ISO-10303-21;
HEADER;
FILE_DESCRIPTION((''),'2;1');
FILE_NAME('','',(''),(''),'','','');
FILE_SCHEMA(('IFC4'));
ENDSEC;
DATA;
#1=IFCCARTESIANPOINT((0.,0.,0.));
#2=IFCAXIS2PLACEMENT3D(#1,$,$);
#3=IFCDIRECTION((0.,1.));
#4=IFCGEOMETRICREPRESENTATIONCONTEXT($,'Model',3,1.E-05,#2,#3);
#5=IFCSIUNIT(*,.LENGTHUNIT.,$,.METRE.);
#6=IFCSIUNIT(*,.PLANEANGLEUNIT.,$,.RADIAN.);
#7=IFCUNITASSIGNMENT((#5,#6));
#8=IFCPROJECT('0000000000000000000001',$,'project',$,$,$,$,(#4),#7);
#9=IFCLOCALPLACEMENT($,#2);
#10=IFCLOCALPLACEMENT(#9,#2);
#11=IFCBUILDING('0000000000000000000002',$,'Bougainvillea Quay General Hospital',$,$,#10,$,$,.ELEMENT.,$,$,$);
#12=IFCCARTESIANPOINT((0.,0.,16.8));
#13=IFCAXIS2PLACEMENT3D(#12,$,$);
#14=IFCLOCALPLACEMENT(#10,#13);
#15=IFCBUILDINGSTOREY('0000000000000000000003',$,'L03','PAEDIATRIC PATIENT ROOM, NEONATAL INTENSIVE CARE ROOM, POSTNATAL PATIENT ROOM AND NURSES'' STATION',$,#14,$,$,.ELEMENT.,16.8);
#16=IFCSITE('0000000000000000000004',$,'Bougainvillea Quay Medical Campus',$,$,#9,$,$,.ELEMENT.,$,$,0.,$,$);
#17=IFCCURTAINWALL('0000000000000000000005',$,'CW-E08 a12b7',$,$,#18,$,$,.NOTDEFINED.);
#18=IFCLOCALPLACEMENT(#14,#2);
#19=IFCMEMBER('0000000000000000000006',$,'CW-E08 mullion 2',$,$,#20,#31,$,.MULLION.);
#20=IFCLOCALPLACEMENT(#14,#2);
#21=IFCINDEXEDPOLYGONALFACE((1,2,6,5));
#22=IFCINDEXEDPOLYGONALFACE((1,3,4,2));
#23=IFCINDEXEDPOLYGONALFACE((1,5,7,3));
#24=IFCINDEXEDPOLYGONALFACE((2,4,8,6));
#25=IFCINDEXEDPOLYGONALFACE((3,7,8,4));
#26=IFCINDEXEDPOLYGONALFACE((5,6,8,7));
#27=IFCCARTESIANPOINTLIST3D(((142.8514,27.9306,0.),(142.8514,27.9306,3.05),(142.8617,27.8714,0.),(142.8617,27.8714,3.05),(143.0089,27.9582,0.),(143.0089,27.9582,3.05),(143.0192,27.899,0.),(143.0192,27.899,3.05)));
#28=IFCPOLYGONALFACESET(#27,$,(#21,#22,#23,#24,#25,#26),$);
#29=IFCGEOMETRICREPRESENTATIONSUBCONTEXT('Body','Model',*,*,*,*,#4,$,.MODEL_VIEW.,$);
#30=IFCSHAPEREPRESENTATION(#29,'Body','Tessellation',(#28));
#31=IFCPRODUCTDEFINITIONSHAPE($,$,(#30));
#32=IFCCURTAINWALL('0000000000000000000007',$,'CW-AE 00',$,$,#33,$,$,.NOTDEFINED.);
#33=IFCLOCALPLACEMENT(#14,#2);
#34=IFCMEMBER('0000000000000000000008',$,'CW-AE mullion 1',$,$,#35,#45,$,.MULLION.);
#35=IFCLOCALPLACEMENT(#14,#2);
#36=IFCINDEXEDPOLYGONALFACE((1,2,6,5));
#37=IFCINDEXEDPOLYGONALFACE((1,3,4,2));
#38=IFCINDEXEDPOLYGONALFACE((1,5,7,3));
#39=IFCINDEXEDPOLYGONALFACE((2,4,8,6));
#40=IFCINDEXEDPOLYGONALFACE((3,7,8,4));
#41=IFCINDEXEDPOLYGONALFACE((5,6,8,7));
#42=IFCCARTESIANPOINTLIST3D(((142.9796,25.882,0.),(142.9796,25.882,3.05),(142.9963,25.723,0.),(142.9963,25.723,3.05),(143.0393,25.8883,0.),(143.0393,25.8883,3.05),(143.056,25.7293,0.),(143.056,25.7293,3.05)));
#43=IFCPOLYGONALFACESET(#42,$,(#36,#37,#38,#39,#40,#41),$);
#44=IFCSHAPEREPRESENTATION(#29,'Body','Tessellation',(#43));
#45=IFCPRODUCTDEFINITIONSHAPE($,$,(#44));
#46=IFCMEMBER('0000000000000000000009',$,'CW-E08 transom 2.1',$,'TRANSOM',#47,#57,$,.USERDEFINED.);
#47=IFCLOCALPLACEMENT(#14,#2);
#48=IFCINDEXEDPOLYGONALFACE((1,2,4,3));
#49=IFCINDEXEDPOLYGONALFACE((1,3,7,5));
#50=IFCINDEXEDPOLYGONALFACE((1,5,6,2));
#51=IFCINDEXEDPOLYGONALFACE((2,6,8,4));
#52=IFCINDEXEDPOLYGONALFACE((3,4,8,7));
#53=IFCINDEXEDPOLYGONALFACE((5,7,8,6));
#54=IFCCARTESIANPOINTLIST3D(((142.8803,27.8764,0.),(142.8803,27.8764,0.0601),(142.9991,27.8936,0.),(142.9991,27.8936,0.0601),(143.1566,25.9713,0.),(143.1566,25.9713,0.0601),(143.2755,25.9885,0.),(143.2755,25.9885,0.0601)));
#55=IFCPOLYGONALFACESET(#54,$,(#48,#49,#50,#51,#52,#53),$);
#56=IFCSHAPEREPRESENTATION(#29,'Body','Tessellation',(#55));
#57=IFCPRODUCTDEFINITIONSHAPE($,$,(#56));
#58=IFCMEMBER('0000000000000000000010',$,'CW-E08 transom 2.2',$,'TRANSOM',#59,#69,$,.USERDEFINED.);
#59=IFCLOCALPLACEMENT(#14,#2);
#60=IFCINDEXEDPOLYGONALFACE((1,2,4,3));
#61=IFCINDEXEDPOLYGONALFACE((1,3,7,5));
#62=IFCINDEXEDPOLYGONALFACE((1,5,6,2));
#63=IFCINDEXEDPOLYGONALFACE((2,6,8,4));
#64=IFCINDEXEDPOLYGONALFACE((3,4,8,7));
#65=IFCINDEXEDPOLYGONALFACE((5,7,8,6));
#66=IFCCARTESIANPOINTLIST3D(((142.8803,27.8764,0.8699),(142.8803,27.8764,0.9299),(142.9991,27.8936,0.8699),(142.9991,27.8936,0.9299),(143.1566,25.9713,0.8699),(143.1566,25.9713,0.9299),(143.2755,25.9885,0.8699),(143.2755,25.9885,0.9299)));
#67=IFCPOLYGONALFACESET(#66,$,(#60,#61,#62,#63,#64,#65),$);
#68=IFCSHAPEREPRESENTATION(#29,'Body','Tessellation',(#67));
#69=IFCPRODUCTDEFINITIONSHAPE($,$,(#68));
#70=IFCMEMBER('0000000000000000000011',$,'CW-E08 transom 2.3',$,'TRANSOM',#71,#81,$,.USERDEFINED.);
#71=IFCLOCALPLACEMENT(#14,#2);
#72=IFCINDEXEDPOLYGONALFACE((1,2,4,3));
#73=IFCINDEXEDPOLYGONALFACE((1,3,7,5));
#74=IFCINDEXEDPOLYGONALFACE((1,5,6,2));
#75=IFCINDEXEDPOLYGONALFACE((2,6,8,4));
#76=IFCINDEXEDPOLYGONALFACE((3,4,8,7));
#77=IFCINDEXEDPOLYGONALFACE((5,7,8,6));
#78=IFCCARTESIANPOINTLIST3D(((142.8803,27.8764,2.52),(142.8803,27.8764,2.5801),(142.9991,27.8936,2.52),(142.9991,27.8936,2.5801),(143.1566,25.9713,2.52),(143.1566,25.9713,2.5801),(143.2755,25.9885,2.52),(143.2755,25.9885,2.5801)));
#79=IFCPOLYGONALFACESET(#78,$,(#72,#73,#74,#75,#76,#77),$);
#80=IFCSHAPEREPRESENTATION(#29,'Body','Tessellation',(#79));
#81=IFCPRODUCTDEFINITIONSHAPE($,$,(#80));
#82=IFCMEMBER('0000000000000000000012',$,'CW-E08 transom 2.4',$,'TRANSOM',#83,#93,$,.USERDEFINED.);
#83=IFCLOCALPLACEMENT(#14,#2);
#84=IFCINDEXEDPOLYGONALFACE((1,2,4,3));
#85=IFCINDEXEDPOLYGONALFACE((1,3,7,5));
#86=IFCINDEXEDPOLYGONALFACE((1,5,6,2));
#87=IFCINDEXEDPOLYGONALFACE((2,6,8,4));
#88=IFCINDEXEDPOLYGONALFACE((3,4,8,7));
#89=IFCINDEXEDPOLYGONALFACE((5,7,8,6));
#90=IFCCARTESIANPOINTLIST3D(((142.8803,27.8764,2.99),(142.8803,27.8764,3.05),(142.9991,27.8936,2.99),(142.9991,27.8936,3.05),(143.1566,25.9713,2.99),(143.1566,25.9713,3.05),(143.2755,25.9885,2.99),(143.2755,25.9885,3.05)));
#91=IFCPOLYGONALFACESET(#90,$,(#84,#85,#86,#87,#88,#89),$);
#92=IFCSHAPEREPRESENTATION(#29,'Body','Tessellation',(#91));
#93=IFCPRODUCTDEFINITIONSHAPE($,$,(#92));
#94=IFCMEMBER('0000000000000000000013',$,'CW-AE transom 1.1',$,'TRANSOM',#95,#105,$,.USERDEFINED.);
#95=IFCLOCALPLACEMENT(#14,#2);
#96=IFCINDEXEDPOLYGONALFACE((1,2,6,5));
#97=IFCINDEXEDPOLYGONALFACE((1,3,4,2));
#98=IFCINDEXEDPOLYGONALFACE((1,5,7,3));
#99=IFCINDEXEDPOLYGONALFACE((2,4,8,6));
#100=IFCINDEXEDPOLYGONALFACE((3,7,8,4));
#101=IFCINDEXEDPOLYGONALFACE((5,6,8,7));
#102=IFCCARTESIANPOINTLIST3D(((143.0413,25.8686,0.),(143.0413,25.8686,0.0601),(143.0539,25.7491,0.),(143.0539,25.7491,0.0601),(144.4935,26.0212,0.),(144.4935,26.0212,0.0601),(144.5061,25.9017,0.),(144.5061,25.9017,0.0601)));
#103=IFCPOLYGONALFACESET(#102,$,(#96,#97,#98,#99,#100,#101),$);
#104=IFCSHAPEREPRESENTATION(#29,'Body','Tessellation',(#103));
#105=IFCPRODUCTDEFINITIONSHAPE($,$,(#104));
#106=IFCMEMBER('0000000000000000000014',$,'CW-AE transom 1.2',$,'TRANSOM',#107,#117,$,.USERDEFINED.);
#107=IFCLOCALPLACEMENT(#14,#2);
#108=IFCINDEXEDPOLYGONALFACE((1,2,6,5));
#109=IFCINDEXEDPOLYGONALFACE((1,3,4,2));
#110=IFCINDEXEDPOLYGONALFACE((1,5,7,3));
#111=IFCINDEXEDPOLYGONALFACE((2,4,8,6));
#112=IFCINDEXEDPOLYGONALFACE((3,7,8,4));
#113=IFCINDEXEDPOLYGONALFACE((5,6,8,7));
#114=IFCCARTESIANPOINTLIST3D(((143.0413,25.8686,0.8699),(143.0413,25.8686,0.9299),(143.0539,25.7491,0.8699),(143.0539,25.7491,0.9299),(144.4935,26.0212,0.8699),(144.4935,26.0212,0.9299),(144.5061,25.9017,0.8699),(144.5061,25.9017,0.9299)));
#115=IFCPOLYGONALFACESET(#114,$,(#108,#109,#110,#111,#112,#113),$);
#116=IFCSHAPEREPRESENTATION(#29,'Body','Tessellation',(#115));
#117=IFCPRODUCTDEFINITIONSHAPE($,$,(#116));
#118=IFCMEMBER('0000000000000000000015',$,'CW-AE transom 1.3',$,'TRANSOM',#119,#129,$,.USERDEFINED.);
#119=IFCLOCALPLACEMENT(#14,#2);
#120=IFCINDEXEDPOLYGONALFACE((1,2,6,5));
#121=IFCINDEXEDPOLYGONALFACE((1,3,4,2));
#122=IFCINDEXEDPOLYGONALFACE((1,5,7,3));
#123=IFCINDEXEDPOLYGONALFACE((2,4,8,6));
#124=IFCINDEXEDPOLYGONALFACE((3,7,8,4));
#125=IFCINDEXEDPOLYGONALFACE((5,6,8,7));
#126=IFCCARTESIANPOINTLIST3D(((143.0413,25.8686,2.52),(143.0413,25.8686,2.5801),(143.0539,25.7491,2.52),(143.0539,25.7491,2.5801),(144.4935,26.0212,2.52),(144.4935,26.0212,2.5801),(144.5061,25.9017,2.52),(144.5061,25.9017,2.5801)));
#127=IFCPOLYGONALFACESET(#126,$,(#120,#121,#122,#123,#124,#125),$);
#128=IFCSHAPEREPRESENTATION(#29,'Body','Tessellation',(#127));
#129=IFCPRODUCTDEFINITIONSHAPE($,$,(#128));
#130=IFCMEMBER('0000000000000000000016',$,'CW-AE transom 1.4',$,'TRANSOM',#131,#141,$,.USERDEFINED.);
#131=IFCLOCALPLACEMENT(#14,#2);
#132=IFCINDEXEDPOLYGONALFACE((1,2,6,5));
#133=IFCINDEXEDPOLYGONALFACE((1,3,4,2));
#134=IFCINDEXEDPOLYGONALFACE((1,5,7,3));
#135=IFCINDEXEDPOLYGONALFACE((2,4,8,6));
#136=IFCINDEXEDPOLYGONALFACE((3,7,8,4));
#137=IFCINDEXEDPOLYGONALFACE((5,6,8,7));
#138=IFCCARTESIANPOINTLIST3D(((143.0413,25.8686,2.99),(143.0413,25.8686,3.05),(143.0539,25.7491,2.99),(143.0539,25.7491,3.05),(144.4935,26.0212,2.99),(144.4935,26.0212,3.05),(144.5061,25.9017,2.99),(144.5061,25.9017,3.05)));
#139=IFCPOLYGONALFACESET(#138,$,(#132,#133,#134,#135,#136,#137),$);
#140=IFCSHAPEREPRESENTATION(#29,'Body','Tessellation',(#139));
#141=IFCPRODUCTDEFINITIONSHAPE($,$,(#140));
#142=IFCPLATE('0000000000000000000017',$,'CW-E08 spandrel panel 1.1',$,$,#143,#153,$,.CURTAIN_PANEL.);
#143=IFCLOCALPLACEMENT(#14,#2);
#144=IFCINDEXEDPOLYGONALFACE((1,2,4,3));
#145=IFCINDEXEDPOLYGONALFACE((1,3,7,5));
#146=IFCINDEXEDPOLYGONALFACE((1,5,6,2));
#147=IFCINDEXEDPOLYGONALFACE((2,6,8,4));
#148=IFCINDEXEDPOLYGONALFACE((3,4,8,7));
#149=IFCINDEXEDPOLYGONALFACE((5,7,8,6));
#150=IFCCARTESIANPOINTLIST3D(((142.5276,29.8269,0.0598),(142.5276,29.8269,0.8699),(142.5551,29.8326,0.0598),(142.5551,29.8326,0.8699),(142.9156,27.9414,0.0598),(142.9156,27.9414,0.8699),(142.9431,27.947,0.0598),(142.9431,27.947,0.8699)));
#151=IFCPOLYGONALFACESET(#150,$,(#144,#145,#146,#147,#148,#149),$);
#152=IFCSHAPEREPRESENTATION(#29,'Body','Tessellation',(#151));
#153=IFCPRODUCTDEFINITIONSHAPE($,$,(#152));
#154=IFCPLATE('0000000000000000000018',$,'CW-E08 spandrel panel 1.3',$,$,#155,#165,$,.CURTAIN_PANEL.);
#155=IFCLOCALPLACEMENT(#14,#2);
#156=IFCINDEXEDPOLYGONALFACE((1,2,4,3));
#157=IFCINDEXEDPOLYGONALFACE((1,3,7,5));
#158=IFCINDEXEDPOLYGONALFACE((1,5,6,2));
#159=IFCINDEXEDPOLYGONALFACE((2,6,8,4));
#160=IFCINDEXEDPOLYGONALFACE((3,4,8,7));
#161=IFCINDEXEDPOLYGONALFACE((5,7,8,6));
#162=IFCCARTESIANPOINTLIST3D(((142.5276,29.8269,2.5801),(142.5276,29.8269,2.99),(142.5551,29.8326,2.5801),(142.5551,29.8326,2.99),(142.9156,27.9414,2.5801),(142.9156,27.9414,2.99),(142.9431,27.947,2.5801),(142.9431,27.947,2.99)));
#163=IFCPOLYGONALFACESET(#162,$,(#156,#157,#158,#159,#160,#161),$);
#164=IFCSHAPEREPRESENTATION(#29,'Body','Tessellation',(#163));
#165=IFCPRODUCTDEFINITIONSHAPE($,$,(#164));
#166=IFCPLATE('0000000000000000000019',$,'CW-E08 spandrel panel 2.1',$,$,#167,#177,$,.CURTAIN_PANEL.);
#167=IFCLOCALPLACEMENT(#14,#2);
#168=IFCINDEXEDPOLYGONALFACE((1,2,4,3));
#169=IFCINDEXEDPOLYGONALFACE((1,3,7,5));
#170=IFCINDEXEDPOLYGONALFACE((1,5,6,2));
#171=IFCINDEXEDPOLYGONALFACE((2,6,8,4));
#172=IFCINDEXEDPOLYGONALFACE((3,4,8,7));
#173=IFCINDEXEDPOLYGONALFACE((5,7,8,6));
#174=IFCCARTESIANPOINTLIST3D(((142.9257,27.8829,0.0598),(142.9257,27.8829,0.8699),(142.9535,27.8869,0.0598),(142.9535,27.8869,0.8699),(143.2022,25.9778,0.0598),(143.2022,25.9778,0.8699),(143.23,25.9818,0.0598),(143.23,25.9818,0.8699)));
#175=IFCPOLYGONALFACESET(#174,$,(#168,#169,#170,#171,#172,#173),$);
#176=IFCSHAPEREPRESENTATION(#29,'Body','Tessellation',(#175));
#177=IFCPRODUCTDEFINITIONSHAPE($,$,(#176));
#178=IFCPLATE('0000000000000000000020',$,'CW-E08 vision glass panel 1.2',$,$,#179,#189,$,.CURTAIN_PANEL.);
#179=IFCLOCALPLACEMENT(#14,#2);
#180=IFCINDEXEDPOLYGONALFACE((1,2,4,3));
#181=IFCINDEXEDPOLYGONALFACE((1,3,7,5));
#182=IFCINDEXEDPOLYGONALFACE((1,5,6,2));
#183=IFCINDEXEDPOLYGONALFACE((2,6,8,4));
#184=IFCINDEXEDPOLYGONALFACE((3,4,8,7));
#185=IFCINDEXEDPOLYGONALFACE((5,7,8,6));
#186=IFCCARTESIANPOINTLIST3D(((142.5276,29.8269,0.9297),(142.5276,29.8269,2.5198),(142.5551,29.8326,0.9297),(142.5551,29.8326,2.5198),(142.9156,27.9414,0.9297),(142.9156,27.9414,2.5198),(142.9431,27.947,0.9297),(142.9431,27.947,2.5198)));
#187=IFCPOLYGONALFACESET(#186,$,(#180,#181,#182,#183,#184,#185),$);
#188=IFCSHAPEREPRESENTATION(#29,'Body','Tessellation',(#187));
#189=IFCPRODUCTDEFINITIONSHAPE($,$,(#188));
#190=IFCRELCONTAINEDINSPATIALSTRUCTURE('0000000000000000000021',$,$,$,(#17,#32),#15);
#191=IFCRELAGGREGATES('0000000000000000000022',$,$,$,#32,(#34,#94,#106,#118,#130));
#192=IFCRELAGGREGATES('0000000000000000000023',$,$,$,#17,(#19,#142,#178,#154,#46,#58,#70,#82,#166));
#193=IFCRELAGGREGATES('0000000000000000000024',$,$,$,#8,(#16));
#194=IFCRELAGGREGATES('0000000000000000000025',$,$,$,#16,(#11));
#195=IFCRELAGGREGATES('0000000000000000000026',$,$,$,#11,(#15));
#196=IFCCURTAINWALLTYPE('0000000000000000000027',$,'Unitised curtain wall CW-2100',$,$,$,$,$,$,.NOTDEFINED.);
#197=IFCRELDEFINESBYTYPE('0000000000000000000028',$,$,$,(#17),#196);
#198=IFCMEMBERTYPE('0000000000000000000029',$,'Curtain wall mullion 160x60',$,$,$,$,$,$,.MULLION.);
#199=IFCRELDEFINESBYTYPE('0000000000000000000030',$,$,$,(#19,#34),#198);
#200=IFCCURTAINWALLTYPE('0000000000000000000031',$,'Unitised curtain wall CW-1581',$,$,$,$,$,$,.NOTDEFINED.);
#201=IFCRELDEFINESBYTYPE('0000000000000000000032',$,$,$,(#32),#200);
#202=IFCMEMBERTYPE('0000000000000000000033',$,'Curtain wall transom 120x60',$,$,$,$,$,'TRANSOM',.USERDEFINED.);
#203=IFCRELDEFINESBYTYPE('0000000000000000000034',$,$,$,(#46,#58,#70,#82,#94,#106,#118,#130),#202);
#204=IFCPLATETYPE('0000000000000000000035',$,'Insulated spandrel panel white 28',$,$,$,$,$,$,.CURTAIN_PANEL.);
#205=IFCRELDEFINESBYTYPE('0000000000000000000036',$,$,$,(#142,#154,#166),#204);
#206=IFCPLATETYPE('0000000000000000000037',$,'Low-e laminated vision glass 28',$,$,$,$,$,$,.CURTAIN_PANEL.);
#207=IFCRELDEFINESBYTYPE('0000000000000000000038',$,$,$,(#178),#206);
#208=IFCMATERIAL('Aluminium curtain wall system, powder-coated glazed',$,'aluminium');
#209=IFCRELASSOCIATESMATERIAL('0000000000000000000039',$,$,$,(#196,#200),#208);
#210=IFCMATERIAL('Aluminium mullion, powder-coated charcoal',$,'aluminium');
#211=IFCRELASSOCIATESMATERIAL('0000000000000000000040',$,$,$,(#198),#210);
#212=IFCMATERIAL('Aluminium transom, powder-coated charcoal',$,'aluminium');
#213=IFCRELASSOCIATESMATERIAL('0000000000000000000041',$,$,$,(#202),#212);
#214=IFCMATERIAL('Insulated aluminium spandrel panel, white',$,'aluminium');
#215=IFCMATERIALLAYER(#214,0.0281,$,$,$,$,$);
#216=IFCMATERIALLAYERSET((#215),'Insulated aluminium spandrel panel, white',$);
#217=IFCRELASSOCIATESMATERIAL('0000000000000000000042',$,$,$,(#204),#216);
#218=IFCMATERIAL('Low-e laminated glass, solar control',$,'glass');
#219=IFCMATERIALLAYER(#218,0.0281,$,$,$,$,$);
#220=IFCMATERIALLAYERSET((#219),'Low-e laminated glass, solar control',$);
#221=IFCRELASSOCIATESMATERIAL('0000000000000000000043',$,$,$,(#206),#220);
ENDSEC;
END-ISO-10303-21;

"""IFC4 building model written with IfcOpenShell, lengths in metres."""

from ifc_helpers import new_model, si_unit, direction, frame, origin, origin_2d, place, context, subcontext, project, spatial, rectangle, extrude, material, layer, layer_set, material_profile, profile_set, type_object, element, aggregate, save


model = new_model("IFC4")

# Units and contexts
model_context = context("Model", 3, precision=1e-05, world=origin(), true_north=direction((0.0, 1.0)))
body_context = subcontext(model_context, "Body", "Model", "MODEL_VIEW")
ifc_project = project(units=[si_unit("LENGTHUNIT", "METRE"), si_unit("PLANEANGLEUNIT", "RADIAN")], contexts=[model_context])

# Site, building, storey
site_placement = place(None, origin())
site = spatial("IfcSite", under=ifc_project, at=site_placement, Name="Bougainvillea Quay Medical Campus", CompositionType="ELEMENT", RefElevation=0.0)
building_placement = place(site_placement, origin())
building = spatial("IfcBuilding", under=site, at=building_placement, Name="Bougainvillea Quay General Hospital", CompositionType="ELEMENT")
storey_placement = place(building_placement, frame((0.0, 0.0, 16.8)))
storey = spatial("IfcBuildingStorey", under=building, at=storey_placement, Name="L03", Description="PAEDIATRIC PATIENT ROOM, NEONATAL INTENSIVE CARE ROOM, POSTNATAL PATIENT ROOM AND NURSES' STATION", CompositionType="ELEMENT", Elevation=16.8)

# Curtain walls, members
ifc_material_1 = material(Name="Aluminium curtain wall system, powder-coated glazed", Category="aluminium")
curtain_wall_type_1 = type_object("IfcCurtainWallType", Name="Unitised curtain wall CW-2100", PredefinedType="NOTDEFINED", material=ifc_material_1)
curtain_wall_1_placement = place(storey_placement, origin())
curtain_wall_1 = element("IfcCurtainWall", 1, at=curtain_wall_1_placement, inside=storey, type_object=curtain_wall_type_1, Name="CW-E08 a12b7", PredefinedType="NOTDEFINED")
ifc_material_2 = material(Name="Aluminium mullion, powder-coated charcoal", Category="aluminium")
ifc_material_profile_1 = material_profile(ifc_material_2, rectangle(XDim=0.1599, YDim=0.0601, at=origin_2d()))
ifc_profile_set_1 = profile_set([ifc_material_profile_1], Name="Aluminium mullion, powder-coated charcoal")
member_type_1 = type_object("IfcMemberType", Name="Curtain wall mullion 160x60", PredefinedType="MULLION", material=ifc_profile_set_1)
member_1_placement = place(storey_placement, frame((142.9353, 27.9148, 0.0), z_axis=(0.0, 0.0, 1.0), x_axis=(0.984976, 0.172694, 0.0)))
member_1 = element("IfcMember", 2, at=member_1_placement, type_object=member_type_1, Name="CW-E08 mullion 2", PredefinedType="MULLION", context=body_context, shape_type="SweptSolid", body=[
    extrude(rectangle(XDim=0.1599, YDim=0.0601, at=origin_2d()), origin(), (0.0, 0.0, 1.0), 3.05),
])
curtain_wall_type_2 = type_object("IfcCurtainWallType", Name="Unitised curtain wall CW-1581", PredefinedType="NOTDEFINED", material=ifc_material_1)
curtain_wall_2_placement = place(storey_placement, origin())
curtain_wall_2 = element("IfcCurtainWall", 3, at=curtain_wall_2_placement, inside=storey, type_object=curtain_wall_type_2, Name="CW-AE 00", PredefinedType="NOTDEFINED")
member_2_placement = place(storey_placement, frame((143.0178, 25.8057, 0.0), z_axis=(0.0, 0.0, 1.0), x_axis=(-0.104527, 0.994522, 0.0)))
member_2 = element("IfcMember", 4, at=member_2_placement, type_object=member_type_1, Name="CW-AE mullion 1", PredefinedType="MULLION", context=body_context, shape_type="SweptSolid", body=[
    extrude(rectangle(XDim=0.1599, YDim=0.0601, at=origin_2d()), origin(), (0.0, 0.0, 1.0), 3.05),
])

# Members
ifc_material_3 = material(Name="Aluminium transom, powder-coated charcoal", Category="aluminium")
ifc_material_profile_2 = material_profile(ifc_material_3, rectangle(XDim=0.1201, YDim=0.0601, at=origin_2d()))
ifc_profile_set_2 = profile_set([ifc_material_profile_2], Name="Aluminium transom, powder-coated charcoal")
member_type_2 = type_object("IfcMemberType", Name="Curtain wall transom 120x60", ElementType="TRANSOM", PredefinedType="USERDEFINED", material=ifc_profile_set_2)
member_3_placement = place(storey_placement, frame((142.9397, 27.885, 0.03), z_axis=(0.143569, -0.98964, 0.0), x_axis=(0.98964, 0.143569, 0.0)))
member_3 = element("IfcMember", 5, at=member_3_placement, type_object=member_type_2, Name="CW-E08 transom 2.1", ObjectType="TRANSOM", PredefinedType="USERDEFINED", context=body_context, shape_type="SweptSolid", body=[
    extrude(rectangle(XDim=0.1201, YDim=0.0601, at=origin_2d()), origin(), (0.0, 0.0, 1.0), 1.925),
])
member_4_placement = place(storey_placement, frame((142.9397, 27.885, 0.8999), z_axis=(0.143569, -0.98964, 0.0), x_axis=(0.98964, 0.143569, 0.0)))
member_4 = element("IfcMember", 6, at=member_4_placement, type_object=member_type_2, Name="CW-E08 transom 2.2", ObjectType="TRANSOM", PredefinedType="USERDEFINED", context=body_context, shape_type="SweptSolid", body=[
    extrude(rectangle(XDim=0.1201, YDim=0.0601, at=origin_2d()), origin(), (0.0, 0.0, 1.0), 1.925),
])
member_5_placement = place(storey_placement, frame((142.9397, 27.885, 2.55), z_axis=(0.143569, -0.98964, 0.0), x_axis=(0.98964, 0.143569, 0.0)))
member_5 = element("IfcMember", 7, at=member_5_placement, type_object=member_type_2, Name="CW-E08 transom 2.3", ObjectType="TRANSOM", PredefinedType="USERDEFINED", context=body_context, shape_type="SweptSolid", body=[
    extrude(rectangle(XDim=0.1201, YDim=0.0601, at=origin_2d()), origin(), (0.0, 0.0, 1.0), 1.925),
])
member_6_placement = place(storey_placement, frame((142.9397, 27.885, 3.02), z_axis=(0.143569, -0.98964, 0.0), x_axis=(0.98964, 0.143569, 0.0)))
member_6 = element("IfcMember", 8, at=member_6_placement, type_object=member_type_2, Name="CW-E08 transom 2.4", ObjectType="TRANSOM", PredefinedType="USERDEFINED", context=body_context, shape_type="SweptSolid", body=[
    extrude(rectangle(XDim=0.1201, YDim=0.0601, at=origin_2d()), origin(), (0.0, 0.0, 1.0), 1.925),
])
member_7_placement = place(storey_placement, frame((143.0476, 25.8088, 0.03), z_axis=(0.994525, 0.104502, 0.0), x_axis=(-0.104502, 0.994525, 0.0)))
member_7 = element("IfcMember", 9, at=member_7_placement, type_object=member_type_2, Name="CW-AE transom 1.1", ObjectType="TRANSOM", PredefinedType="USERDEFINED", context=body_context, shape_type="SweptSolid", body=[
    extrude(rectangle(XDim=0.1201, YDim=0.0601, at=origin_2d()), origin(), (0.0, 0.0, 1.0), 1.4602),
])
member_8_placement = place(storey_placement, frame((143.0476, 25.8088, 0.8999), z_axis=(0.994525, 0.104502, 0.0), x_axis=(-0.104502, 0.994525, 0.0)))
member_8 = element("IfcMember", 10, at=member_8_placement, type_object=member_type_2, Name="CW-AE transom 1.2", ObjectType="TRANSOM", PredefinedType="USERDEFINED", context=body_context, shape_type="SweptSolid", body=[
    extrude(rectangle(XDim=0.1201, YDim=0.0601, at=origin_2d()), origin(), (0.0, 0.0, 1.0), 1.4602),
])
member_9_placement = place(storey_placement, frame((143.0476, 25.8088, 2.55), z_axis=(0.994525, 0.104502, 0.0), x_axis=(-0.104502, 0.994525, 0.0)))
member_9 = element("IfcMember", 11, at=member_9_placement, type_object=member_type_2, Name="CW-AE transom 1.3", ObjectType="TRANSOM", PredefinedType="USERDEFINED", context=body_context, shape_type="SweptSolid", body=[
    extrude(rectangle(XDim=0.1201, YDim=0.0601, at=origin_2d()), origin(), (0.0, 0.0, 1.0), 1.4602),
])
member_10_placement = place(storey_placement, frame((143.0476, 25.8088, 3.02), z_axis=(0.994525, 0.104502, 0.0), x_axis=(-0.104502, 0.994525, 0.0)))
member_10 = element("IfcMember", 12, at=member_10_placement, type_object=member_type_2, Name="CW-AE transom 1.4", ObjectType="TRANSOM", PredefinedType="USERDEFINED", context=body_context, shape_type="SweptSolid", body=[
    extrude(rectangle(XDim=0.1201, YDim=0.0601, at=origin_2d()), origin(), (0.0, 0.0, 1.0), 1.4602),
])
aggregate(curtain_wall_2, [member_2, member_7, member_8, member_9, member_10])

# Plates
ifc_material_4 = material(Name="Insulated aluminium spandrel panel, white", Category="aluminium")
ifc_layer_1 = layer(ifc_material_4, 0.0281)
ifc_layer_set_1 = layer_set([ifc_layer_1], Name="Insulated aluminium spandrel panel, white")
plate_type_1 = type_object("IfcPlateType", Name="Insulated spandrel panel white 28", PredefinedType="CURTAIN_PANEL", material=ifc_layer_set_1)
plate_1_placement = place(storey_placement, frame((142.7354, 28.887, 0.0598), z_axis=(0.0, 0.0, 1.0), x_axis=(0.201595, -0.979469, 0.0)))
plate_1 = element("IfcPlate", 13, at=plate_1_placement, type_object=plate_type_1, Name="CW-E08 spandrel panel 1.1", PredefinedType="CURTAIN_PANEL", context=body_context, shape_type="SweptSolid", body=[
    extrude(rectangle(XDim=1.925, YDim=0.0281, at=origin_2d()), origin(), (0.0, 0.0, 1.0), 0.8101),
])
plate_2_placement = place(storey_placement, frame((142.7354, 28.887, 2.5801), z_axis=(0.0, 0.0, 1.0), x_axis=(0.201595, -0.979469, 0.0)))
plate_2 = element("IfcPlate", 14, at=plate_2_placement, type_object=plate_type_1, Name="CW-E08 spandrel panel 1.3", PredefinedType="CURTAIN_PANEL", context=body_context, shape_type="SweptSolid", body=[
    extrude(rectangle(XDim=1.925, YDim=0.0281, at=origin_2d()), origin(), (0.0, 0.0, 1.0), 0.4099),
])
plate_3_placement = place(storey_placement, frame((143.0779, 26.9324, 0.0598), z_axis=(0.0, 0.0, 1.0), x_axis=(0.143643, -0.98963, 0.0)))
plate_3 = element("IfcPlate", 15, at=plate_3_placement, type_object=plate_type_1, Name="CW-E08 spandrel panel 2.1", PredefinedType="CURTAIN_PANEL", context=body_context, shape_type="SweptSolid", body=[
    extrude(rectangle(XDim=1.925, YDim=0.0281, at=origin_2d()), origin(), (0.0, 0.0, 1.0), 0.8101),
])
ifc_material_5 = material(Name="Low-e laminated glass, solar control", Category="glass")
ifc_layer_2 = layer(ifc_material_5, 0.0281)
ifc_layer_set_2 = layer_set([ifc_layer_2], Name="Low-e laminated glass, solar control")
plate_type_2 = type_object("IfcPlateType", Name="Low-e laminated vision glass 28", PredefinedType="CURTAIN_PANEL", material=ifc_layer_set_2)
plate_4_placement = place(storey_placement, frame((142.7354, 28.887, 0.9297), z_axis=(0.0, 0.0, 1.0), x_axis=(0.201595, -0.979469, 0.0)))
plate_4 = element("IfcPlate", 16, at=plate_4_placement, type_object=plate_type_2, Name="CW-E08 vision glass panel 1.2", PredefinedType="CURTAIN_PANEL", context=body_context, shape_type="SweptSolid", body=[
    extrude(rectangle(XDim=1.925, YDim=0.0281, at=origin_2d()), origin(), (0.0, 0.0, 1.0), 1.5901),
])
aggregate(curtain_wall_1, [member_1, plate_1, plate_4, plate_2, member_3, member_4, member_5, member_6, plate_3])

save(model, "model.ifc")
